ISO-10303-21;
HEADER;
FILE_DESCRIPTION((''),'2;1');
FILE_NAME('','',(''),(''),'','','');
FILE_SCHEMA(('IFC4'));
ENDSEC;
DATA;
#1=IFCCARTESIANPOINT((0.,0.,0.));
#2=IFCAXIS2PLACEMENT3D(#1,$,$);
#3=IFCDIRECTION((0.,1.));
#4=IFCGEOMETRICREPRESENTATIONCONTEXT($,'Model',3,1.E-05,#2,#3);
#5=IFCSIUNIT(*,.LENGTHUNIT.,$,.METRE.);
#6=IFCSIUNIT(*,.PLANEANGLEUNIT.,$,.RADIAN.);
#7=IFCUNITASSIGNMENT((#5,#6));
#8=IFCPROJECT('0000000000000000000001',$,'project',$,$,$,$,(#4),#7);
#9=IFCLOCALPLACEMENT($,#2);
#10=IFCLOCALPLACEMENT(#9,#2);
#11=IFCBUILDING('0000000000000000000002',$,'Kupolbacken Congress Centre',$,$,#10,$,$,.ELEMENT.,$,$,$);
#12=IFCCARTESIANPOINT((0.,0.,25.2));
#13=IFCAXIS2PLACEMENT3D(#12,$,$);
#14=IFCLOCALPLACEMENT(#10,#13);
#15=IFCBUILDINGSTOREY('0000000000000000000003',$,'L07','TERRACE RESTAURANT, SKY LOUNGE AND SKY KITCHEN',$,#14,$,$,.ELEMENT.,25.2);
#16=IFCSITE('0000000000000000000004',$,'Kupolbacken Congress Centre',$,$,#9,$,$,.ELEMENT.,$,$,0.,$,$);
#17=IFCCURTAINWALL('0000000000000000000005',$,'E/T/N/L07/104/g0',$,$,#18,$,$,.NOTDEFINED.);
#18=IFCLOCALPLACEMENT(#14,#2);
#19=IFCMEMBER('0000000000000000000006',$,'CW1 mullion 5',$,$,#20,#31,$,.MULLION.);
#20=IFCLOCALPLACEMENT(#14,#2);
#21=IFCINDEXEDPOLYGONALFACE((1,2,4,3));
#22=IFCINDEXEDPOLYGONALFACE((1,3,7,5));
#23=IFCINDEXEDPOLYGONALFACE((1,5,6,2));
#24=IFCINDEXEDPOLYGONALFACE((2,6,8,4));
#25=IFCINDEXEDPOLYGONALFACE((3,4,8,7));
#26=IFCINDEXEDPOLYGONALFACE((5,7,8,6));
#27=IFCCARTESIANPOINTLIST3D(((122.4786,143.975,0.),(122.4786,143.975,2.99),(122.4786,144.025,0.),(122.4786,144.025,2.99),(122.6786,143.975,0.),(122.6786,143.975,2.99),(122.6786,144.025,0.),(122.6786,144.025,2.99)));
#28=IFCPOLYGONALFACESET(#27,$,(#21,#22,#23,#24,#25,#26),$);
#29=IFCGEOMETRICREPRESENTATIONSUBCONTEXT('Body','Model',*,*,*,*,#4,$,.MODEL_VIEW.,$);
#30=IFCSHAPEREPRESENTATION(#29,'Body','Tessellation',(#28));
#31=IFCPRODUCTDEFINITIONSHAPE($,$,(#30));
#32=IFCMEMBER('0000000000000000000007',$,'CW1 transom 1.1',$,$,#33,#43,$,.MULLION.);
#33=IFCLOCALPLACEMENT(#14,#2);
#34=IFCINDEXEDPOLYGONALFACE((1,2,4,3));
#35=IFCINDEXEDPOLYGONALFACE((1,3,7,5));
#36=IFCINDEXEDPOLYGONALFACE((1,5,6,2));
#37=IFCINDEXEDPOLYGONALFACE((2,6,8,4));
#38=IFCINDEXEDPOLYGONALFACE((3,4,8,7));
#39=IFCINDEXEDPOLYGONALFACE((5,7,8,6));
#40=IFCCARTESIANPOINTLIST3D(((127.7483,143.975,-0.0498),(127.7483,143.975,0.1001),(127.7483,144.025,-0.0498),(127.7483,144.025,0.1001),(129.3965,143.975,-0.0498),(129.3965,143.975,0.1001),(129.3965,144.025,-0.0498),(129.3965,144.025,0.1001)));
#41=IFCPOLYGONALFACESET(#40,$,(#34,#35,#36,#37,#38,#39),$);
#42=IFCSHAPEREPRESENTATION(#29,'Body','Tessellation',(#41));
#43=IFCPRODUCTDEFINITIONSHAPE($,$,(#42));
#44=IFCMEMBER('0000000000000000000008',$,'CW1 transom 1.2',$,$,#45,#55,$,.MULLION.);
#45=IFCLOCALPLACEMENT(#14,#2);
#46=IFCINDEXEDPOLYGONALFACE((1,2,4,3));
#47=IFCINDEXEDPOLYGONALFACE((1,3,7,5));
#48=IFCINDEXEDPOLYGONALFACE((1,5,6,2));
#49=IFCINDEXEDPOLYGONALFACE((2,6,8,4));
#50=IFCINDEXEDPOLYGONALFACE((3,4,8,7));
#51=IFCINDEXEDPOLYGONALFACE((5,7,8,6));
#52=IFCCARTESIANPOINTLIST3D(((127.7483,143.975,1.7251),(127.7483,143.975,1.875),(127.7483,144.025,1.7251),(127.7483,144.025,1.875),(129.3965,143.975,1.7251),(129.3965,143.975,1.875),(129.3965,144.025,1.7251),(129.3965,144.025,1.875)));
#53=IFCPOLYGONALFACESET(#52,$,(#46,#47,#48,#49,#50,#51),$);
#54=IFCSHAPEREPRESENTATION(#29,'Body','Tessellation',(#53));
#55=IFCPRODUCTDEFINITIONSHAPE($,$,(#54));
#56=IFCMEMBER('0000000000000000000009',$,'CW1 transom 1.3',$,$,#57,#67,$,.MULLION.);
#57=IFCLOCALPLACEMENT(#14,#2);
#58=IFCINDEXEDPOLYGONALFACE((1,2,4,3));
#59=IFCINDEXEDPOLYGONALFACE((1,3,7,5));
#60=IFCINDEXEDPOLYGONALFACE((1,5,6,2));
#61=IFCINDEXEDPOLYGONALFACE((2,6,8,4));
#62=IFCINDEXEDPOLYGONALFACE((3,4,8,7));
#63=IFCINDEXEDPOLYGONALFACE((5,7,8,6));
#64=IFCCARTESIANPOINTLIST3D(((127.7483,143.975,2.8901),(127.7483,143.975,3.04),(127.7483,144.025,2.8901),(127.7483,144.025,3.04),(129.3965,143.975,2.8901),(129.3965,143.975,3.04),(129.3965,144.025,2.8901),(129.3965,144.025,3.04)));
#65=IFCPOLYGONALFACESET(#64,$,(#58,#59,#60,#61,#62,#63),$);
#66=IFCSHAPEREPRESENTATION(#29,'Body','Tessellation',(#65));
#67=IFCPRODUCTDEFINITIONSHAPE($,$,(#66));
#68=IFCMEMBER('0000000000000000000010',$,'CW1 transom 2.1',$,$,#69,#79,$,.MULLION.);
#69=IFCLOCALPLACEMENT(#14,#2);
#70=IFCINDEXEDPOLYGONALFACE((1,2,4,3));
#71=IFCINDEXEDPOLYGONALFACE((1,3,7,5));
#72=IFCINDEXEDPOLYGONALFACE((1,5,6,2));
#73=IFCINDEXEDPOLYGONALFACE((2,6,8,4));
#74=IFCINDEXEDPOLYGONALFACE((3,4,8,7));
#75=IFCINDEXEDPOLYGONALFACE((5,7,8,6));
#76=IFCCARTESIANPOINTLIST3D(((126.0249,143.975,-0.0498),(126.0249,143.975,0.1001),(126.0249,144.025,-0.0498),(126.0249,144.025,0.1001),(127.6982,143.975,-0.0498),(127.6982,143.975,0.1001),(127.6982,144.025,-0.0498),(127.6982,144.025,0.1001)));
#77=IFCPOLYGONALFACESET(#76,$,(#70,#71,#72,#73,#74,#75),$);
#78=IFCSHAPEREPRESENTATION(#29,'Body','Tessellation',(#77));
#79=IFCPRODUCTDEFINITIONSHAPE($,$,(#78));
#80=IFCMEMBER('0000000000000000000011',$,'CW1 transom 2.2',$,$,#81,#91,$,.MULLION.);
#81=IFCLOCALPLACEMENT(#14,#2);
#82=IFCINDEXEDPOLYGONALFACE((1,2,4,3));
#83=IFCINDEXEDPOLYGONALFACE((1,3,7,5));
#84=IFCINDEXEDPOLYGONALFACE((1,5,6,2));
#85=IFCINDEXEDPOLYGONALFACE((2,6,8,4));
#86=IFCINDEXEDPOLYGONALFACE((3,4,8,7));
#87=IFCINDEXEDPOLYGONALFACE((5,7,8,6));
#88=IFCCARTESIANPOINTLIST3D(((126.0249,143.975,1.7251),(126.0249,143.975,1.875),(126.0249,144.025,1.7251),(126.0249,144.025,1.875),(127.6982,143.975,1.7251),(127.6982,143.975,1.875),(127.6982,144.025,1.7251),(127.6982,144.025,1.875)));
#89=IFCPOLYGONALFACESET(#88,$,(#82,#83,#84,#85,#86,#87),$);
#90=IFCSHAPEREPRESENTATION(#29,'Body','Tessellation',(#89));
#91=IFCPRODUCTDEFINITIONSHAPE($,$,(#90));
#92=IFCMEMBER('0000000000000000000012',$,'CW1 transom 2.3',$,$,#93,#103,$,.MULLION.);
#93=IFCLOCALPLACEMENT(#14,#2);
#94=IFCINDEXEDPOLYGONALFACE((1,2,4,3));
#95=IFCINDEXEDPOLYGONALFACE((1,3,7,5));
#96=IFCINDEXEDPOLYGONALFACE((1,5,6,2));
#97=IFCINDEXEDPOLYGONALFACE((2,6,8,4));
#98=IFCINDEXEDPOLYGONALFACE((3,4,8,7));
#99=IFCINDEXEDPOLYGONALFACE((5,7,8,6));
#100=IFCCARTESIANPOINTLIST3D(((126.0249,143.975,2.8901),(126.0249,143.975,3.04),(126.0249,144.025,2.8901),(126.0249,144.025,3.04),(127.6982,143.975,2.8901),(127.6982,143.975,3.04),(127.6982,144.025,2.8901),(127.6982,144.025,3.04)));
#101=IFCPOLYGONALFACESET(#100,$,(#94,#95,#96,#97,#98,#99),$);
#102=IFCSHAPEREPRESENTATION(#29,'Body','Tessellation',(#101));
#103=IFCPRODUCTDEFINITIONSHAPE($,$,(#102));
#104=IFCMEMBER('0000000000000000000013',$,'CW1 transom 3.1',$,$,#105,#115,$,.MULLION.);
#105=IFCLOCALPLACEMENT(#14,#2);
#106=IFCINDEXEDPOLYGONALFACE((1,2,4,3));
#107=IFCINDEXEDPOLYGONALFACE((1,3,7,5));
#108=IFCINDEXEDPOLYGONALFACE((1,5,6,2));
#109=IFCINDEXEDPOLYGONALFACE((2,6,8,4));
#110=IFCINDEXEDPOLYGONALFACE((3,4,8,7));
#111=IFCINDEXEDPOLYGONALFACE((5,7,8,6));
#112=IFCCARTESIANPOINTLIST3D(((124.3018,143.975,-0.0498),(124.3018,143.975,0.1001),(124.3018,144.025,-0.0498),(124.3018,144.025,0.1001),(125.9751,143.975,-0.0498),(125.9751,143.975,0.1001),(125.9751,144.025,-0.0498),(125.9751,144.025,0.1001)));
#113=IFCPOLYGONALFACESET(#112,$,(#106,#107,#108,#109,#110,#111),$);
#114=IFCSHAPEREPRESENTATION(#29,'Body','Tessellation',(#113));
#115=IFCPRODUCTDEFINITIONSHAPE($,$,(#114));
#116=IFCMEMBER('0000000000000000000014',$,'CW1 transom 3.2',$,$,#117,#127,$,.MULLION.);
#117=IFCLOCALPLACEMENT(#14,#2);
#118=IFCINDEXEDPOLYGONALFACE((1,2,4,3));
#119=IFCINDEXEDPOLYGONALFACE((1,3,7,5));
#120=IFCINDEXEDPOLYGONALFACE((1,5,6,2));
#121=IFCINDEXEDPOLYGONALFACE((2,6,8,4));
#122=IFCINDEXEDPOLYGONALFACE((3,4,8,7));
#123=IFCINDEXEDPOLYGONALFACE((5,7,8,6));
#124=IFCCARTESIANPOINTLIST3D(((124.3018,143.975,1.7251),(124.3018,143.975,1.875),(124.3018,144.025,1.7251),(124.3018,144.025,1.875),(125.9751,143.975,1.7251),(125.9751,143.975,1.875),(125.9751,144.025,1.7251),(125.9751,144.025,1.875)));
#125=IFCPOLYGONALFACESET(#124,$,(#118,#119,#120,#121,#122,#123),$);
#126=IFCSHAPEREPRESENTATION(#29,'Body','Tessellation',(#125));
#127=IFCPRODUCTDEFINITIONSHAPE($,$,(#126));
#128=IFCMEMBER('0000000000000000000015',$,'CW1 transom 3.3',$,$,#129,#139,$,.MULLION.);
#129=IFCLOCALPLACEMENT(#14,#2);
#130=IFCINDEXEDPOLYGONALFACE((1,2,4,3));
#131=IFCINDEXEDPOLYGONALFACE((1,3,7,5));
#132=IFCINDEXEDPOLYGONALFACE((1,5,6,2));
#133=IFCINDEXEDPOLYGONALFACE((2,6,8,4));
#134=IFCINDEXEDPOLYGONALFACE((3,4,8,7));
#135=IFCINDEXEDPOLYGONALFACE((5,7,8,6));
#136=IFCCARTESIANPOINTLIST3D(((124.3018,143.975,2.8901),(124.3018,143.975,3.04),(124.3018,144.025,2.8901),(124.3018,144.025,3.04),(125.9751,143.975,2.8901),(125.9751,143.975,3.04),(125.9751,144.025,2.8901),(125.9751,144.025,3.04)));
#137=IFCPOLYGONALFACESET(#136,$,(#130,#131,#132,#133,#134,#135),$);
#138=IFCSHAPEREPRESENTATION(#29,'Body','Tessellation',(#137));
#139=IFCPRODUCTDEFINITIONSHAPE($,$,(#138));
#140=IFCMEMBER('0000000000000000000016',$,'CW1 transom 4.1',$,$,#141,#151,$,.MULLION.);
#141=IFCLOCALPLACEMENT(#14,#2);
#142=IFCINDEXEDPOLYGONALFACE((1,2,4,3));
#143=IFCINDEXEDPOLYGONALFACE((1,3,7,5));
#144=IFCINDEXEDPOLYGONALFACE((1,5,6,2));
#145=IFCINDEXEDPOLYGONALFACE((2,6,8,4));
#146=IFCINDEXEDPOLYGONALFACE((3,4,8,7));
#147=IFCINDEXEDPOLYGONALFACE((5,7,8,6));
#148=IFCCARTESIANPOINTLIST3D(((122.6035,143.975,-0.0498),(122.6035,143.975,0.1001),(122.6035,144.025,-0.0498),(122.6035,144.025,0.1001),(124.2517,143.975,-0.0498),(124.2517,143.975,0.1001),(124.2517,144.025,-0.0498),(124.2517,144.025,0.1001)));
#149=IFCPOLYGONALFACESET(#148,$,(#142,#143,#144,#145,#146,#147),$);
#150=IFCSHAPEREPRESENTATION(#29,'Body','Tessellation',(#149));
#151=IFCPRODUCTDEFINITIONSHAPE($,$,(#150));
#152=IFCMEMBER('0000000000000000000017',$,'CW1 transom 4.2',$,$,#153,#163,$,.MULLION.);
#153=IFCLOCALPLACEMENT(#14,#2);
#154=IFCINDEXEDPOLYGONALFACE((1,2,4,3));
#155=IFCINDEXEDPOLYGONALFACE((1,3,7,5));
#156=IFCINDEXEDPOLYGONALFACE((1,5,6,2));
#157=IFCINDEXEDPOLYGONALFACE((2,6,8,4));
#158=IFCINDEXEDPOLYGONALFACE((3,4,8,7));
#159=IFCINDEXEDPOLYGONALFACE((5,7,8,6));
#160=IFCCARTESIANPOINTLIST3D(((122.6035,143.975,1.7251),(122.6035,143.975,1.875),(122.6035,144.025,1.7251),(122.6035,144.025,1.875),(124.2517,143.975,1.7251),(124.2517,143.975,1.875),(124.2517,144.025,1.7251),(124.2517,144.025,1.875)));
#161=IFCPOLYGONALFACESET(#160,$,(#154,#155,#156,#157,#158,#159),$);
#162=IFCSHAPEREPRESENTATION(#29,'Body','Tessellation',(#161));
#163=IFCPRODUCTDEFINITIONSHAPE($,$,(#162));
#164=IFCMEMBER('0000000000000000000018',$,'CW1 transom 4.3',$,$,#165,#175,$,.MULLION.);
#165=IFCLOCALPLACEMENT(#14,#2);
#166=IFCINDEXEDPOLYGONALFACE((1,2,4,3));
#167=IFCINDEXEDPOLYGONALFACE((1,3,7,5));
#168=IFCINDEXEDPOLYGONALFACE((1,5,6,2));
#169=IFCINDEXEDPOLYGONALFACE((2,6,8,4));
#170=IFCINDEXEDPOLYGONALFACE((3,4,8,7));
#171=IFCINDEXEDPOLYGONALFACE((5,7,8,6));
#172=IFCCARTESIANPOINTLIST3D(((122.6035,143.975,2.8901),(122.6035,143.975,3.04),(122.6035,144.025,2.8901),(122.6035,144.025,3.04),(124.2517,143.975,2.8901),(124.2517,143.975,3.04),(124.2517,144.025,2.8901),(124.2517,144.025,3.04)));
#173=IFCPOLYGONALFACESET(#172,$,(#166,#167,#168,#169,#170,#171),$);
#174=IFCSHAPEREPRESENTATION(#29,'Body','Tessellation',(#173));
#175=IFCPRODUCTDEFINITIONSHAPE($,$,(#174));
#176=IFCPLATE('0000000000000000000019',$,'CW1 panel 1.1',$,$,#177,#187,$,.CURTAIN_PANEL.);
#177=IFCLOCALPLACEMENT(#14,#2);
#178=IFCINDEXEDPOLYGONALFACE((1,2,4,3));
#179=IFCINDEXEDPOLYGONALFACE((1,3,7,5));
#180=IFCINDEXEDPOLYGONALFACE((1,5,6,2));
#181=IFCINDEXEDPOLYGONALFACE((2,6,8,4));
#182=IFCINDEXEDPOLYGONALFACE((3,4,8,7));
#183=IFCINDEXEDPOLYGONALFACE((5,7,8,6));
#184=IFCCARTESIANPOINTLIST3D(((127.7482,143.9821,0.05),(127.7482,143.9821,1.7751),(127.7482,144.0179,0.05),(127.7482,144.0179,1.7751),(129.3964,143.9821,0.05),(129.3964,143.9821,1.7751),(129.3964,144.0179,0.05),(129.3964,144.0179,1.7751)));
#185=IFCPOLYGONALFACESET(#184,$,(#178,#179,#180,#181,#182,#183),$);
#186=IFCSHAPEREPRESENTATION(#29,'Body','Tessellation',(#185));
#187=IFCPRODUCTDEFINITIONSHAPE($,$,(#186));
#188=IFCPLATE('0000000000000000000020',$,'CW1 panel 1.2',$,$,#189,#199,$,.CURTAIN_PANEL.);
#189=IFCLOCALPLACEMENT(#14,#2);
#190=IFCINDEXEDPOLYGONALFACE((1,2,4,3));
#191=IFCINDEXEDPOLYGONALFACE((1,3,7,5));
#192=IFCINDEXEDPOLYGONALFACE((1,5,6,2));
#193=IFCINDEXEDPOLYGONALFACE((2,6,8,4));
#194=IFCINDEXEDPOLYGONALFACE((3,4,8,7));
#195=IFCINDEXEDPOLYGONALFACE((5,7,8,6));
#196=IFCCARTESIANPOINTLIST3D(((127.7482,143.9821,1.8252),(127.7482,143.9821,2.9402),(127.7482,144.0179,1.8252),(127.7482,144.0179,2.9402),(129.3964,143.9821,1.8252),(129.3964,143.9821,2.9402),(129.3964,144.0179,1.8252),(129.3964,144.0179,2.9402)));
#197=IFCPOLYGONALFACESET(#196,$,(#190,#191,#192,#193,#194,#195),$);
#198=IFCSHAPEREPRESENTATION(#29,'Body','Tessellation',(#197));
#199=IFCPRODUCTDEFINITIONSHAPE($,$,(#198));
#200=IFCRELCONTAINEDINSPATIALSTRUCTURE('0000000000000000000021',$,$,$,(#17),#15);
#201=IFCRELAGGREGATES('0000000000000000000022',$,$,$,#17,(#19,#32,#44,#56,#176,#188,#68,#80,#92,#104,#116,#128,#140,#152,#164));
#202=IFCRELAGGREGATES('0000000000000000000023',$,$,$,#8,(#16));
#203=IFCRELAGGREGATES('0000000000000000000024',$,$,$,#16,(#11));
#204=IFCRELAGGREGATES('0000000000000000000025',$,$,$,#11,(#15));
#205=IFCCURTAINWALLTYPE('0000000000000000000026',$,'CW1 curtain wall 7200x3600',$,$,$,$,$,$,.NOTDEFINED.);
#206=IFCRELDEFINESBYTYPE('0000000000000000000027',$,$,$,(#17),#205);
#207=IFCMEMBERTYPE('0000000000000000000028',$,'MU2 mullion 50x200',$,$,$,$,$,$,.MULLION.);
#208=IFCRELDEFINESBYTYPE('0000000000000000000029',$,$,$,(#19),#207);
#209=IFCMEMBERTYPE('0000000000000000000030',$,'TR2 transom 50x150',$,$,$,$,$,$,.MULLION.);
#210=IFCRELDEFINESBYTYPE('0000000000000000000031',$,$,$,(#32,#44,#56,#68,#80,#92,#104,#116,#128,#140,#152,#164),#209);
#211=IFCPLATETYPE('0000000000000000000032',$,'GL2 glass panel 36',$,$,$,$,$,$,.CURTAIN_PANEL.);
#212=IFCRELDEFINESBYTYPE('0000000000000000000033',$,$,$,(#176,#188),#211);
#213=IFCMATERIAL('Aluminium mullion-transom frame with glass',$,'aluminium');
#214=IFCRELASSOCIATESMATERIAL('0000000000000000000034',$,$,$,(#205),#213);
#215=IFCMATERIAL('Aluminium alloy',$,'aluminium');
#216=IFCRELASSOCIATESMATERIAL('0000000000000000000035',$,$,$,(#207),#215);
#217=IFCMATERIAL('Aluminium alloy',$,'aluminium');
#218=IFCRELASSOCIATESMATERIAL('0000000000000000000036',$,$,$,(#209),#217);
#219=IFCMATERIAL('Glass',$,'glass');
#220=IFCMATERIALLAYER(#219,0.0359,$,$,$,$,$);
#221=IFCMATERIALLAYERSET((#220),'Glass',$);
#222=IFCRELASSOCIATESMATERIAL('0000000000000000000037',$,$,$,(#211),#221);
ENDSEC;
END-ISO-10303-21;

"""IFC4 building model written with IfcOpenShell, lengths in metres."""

from ifc_helpers import new_model, si_unit, direction, frame, origin, origin_2d, place, context, subcontext, project, spatial, rectangle, extrude, material, layer, layer_set, material_profile, profile_set, type_object, element, aggregate, save


model = new_model("IFC4")

# Units and contexts
model_context = context("Model", 3, precision=1e-05, world=origin(), true_north=direction((0.0, 1.0)))
body_context = subcontext(model_context, "Body", "Model", "MODEL_VIEW")
ifc_project = project(units=[si_unit("LENGTHUNIT", "METRE"), si_unit("PLANEANGLEUNIT", "RADIAN")], contexts=[model_context])

# Site, building, storey
site_placement = place(None, origin())
site = spatial("IfcSite", under=ifc_project, at=site_placement, Name="Kupolbacken Congress Centre", CompositionType="ELEMENT", RefElevation=0.0)
building_placement = place(site_placement, origin())
building = spatial("IfcBuilding", under=site, at=building_placement, Name="Kupolbacken Congress Centre", CompositionType="ELEMENT")
storey_placement = place(building_placement, frame((0.0, 0.0, 25.2)))
storey = spatial("IfcBuildingStorey", under=building, at=storey_placement, Name="L07", Description="TERRACE RESTAURANT, SKY LOUNGE AND SKY KITCHEN", CompositionType="ELEMENT", Elevation=25.2)

# Curtain wall, members, plates
ifc_material_1 = material(Name="Aluminium mullion-transom frame with glass", Category="aluminium")
curtain_wall_type = type_object("IfcCurtainWallType", Name="CW1 curtain wall 7200x3600", PredefinedType="NOTDEFINED", material=ifc_material_1)
curtain_wall_placement = place(storey_placement, origin())
curtain_wall = element("IfcCurtainWall", 1, at=curtain_wall_placement, inside=storey, type_object=curtain_wall_type, Name="E/T/N/L07/104/g0", PredefinedType="NOTDEFINED")
ifc_material_2 = material(Name="Aluminium alloy", Category="aluminium")
ifc_material_profile_1 = material_profile(ifc_material_2, rectangle(XDim=0.05, YDim=0.2, at=origin_2d()), Name="50 x 200")
ifc_profile_set_1 = profile_set([ifc_material_profile_1], Name="Aluminium alloy")
member_type_1 = type_object("IfcMemberType", Name="MU2 mullion 50x200", PredefinedType="MULLION", material=ifc_profile_set_1)
member_1_placement = place(storey_placement, frame((122.5786, 144.0, 0.0), z_axis=(0.0, 0.0, 1.0), x_axis=(0.0, -1.0, 0.0)))
member_1 = element("IfcMember", 2, at=member_1_placement, type_object=member_type_1, Name="CW1 mullion 5", PredefinedType="MULLION", context=body_context, shape_type="SweptSolid", body=[
    extrude(rectangle(XDim=0.05, YDim=0.2, at=origin_2d()), origin(), (0.0, 0.0, 1.0), 2.99),
])
ifc_material_3 = material(Name="Aluminium alloy", Category="aluminium")
ifc_material_profile_2 = material_profile(ifc_material_3, rectangle(XDim=0.05, YDim=0.1499, at=origin_2d()), Name="50 x 150")
ifc_profile_set_2 = profile_set([ifc_material_profile_2], Name="Aluminium alloy")
member_type_2 = type_object("IfcMemberType", Name="TR2 transom 50x150", PredefinedType="MULLION", material=ifc_profile_set_2)
member_2_placement = place(storey_placement, frame((129.3965, 144.0, 0.0251), z_axis=(-1.0, 0.0, 0.0), x_axis=(0.0, -1.0, 0.0)))
member_2 = element("IfcMember", 3, at=member_2_placement, type_object=member_type_2, Name="CW1 transom 1.1", PredefinedType="MULLION", context=body_context, shape_type="SweptSolid", body=[
    extrude(rectangle(XDim=0.05, YDim=0.1499, at=origin_2d()), origin(), (0.0, 0.0, 1.0), 1.6482),
])
member_3_placement = place(storey_placement, frame((129.3965, 144.0, 1.8), z_axis=(-1.0, 0.0, 0.0), x_axis=(0.0, -1.0, 0.0)))
member_3 = element("IfcMember", 4, at=member_3_placement, type_object=member_type_2, Name="CW1 transom 1.2", PredefinedType="MULLION", context=body_context, shape_type="SweptSolid", body=[
    extrude(rectangle(XDim=0.05, YDim=0.1499, at=origin_2d()), origin(), (0.0, 0.0, 1.0), 1.6482),
])
member_4_placement = place(storey_placement, frame((129.3965, 144.0, 2.9651), z_axis=(-1.0, 0.0, 0.0), x_axis=(0.0, -1.0, 0.0)))
member_4 = element("IfcMember", 5, at=member_4_placement, type_object=member_type_2, Name="CW1 transom 1.3", PredefinedType="MULLION", context=body_context, shape_type="SweptSolid", body=[
    extrude(rectangle(XDim=0.05, YDim=0.1499, at=origin_2d()), origin(), (0.0, 0.0, 1.0), 1.6482),
])
member_5_placement = place(storey_placement, frame((127.6982, 144.0, 0.0251), z_axis=(-1.0, 0.0, 0.0), x_axis=(0.0, -1.0, 0.0)))
member_5 = element("IfcMember", 6, at=member_5_placement, type_object=member_type_2, Name="CW1 transom 2.1", PredefinedType="MULLION", context=body_context, shape_type="SweptSolid", body=[
    extrude(rectangle(XDim=0.05, YDim=0.1499, at=origin_2d()), origin(), (0.0, 0.0, 1.0), 1.6733),
])
member_6_placement = place(storey_placement, frame((127.6982, 144.0, 1.8), z_axis=(-1.0, 0.0, 0.0), x_axis=(0.0, -1.0, 0.0)))
member_6 = element("IfcMember", 7, at=member_6_placement, type_object=member_type_2, Name="CW1 transom 2.2", PredefinedType="MULLION", context=body_context, shape_type="SweptSolid", body=[
    extrude(rectangle(XDim=0.05, YDim=0.1499, at=origin_2d()), origin(), (0.0, 0.0, 1.0), 1.6733),
])
member_7_placement = place(storey_placement, frame((127.6982, 144.0, 2.9651), z_axis=(-1.0, 0.0, 0.0), x_axis=(0.0, -1.0, 0.0)))
member_7 = element("IfcMember", 8, at=member_7_placement, type_object=member_type_2, Name="CW1 transom 2.3", PredefinedType="MULLION", context=body_context, shape_type="SweptSolid", body=[
    extrude(rectangle(XDim=0.05, YDim=0.1499, at=origin_2d()), origin(), (0.0, 0.0, 1.0), 1.6733),
])
member_8_placement = place(storey_placement, frame((125.9751, 144.0, 0.0251), z_axis=(-1.0, 0.0, 0.0), x_axis=(0.0, -1.0, 0.0)))
member_8 = element("IfcMember", 9, at=member_8_placement, type_object=member_type_2, Name="CW1 transom 3.1", PredefinedType="MULLION", context=body_context, shape_type="SweptSolid", body=[
    extrude(rectangle(XDim=0.05, YDim=0.1499, at=origin_2d()), origin(), (0.0, 0.0, 1.0), 1.6733),
])
member_9_placement = place(storey_placement, frame((125.9751, 144.0, 1.8), z_axis=(-1.0, 0.0, 0.0), x_axis=(0.0, -1.0, 0.0)))
member_9 = element("IfcMember", 10, at=member_9_placement, type_object=member_type_2, Name="CW1 transom 3.2", PredefinedType="MULLION", context=body_context, shape_type="SweptSolid", body=[
    extrude(rectangle(XDim=0.05, YDim=0.1499, at=origin_2d()), origin(), (0.0, 0.0, 1.0), 1.6733),
])
member_10_placement = place(storey_placement, frame((125.9751, 144.0, 2.9651), z_axis=(-1.0, 0.0, 0.0), x_axis=(0.0, -1.0, 0.0)))
member_10 = element("IfcMember", 11, at=member_10_placement, type_object=member_type_2, Name="CW1 transom 3.3", PredefinedType="MULLION", context=body_context, shape_type="SweptSolid", body=[
    extrude(rectangle(XDim=0.05, YDim=0.1499, at=origin_2d()), origin(), (0.0, 0.0, 1.0), 1.6733),
])
member_11_placement = place(storey_placement, frame((124.2517, 144.0, 0.0251), z_axis=(-1.0, 0.0, 0.0), x_axis=(0.0, -1.0, 0.0)))
member_11 = element("IfcMember", 12, at=member_11_placement, type_object=member_type_2, Name="CW1 transom 4.1", PredefinedType="MULLION", context=body_context, shape_type="SweptSolid", body=[
    extrude(rectangle(XDim=0.05, YDim=0.1499, at=origin_2d()), origin(), (0.0, 0.0, 1.0), 1.6482),
])
member_12_placement = place(storey_placement, frame((124.2517, 144.0, 1.8), z_axis=(-1.0, 0.0, 0.0), x_axis=(0.0, -1.0, 0.0)))
member_12 = element("IfcMember", 13, at=member_12_placement, type_object=member_type_2, Name="CW1 transom 4.2", PredefinedType="MULLION", context=body_context, shape_type="SweptSolid", body=[
    extrude(rectangle(XDim=0.05, YDim=0.1499, at=origin_2d()), origin(), (0.0, 0.0, 1.0), 1.6482),
])
member_13_placement = place(storey_placement, frame((124.2517, 144.0, 2.9651), z_axis=(-1.0, 0.0, 0.0), x_axis=(0.0, -1.0, 0.0)))
member_13 = element("IfcMember", 14, at=member_13_placement, type_object=member_type_2, Name="CW1 transom 4.3", PredefinedType="MULLION", context=body_context, shape_type="SweptSolid", body=[
    extrude(rectangle(XDim=0.05, YDim=0.1499, at=origin_2d()), origin(), (0.0, 0.0, 1.0), 1.6482),
])
ifc_material_4 = material(Name="Glass", Category="glass")
ifc_layer_1 = layer(ifc_material_4, 0.0359)
ifc_layer_set_1 = layer_set([ifc_layer_1], Name="Glass")
plate_type = type_object("IfcPlateType", Name="GL2 glass panel 36", PredefinedType="CURTAIN_PANEL", material=ifc_layer_set_1)
plate_1_placement = place(storey_placement, frame((128.5723, 144.0, 0.05), z_axis=(0.0, 0.0, 1.0), x_axis=(-1.0, 0.0, 0.0)))
plate_1 = element("IfcPlate", 15, at=plate_1_placement, type_object=plate_type, Name="CW1 panel 1.1", PredefinedType="CURTAIN_PANEL", context=body_context, shape_type="SweptSolid", body=[
    extrude(rectangle(XDim=1.6482, YDim=0.0359, at=origin_2d()), origin(), (0.0, 0.0, 1.0), 1.7251),
])
plate_2_placement = place(storey_placement, frame((128.5723, 144.0, 1.8252), z_axis=(0.0, 0.0, 1.0), x_axis=(-1.0, 0.0, 0.0)))
plate_2 = element("IfcPlate", 16, at=plate_2_placement, type_object=plate_type, Name="CW1 panel 1.2", PredefinedType="CURTAIN_PANEL", context=body_context, shape_type="SweptSolid", body=[
    extrude(rectangle(XDim=1.6482, YDim=0.0359, at=origin_2d()), origin(), (0.0, 0.0, 1.0), 1.115),
])
aggregate(curtain_wall, [member_1, member_2, member_3, member_4, plate_1, plate_2, member_5, member_6, member_7, member_8, member_9, member_10, member_11, member_12, member_13])

save(model, "model.ifc")
